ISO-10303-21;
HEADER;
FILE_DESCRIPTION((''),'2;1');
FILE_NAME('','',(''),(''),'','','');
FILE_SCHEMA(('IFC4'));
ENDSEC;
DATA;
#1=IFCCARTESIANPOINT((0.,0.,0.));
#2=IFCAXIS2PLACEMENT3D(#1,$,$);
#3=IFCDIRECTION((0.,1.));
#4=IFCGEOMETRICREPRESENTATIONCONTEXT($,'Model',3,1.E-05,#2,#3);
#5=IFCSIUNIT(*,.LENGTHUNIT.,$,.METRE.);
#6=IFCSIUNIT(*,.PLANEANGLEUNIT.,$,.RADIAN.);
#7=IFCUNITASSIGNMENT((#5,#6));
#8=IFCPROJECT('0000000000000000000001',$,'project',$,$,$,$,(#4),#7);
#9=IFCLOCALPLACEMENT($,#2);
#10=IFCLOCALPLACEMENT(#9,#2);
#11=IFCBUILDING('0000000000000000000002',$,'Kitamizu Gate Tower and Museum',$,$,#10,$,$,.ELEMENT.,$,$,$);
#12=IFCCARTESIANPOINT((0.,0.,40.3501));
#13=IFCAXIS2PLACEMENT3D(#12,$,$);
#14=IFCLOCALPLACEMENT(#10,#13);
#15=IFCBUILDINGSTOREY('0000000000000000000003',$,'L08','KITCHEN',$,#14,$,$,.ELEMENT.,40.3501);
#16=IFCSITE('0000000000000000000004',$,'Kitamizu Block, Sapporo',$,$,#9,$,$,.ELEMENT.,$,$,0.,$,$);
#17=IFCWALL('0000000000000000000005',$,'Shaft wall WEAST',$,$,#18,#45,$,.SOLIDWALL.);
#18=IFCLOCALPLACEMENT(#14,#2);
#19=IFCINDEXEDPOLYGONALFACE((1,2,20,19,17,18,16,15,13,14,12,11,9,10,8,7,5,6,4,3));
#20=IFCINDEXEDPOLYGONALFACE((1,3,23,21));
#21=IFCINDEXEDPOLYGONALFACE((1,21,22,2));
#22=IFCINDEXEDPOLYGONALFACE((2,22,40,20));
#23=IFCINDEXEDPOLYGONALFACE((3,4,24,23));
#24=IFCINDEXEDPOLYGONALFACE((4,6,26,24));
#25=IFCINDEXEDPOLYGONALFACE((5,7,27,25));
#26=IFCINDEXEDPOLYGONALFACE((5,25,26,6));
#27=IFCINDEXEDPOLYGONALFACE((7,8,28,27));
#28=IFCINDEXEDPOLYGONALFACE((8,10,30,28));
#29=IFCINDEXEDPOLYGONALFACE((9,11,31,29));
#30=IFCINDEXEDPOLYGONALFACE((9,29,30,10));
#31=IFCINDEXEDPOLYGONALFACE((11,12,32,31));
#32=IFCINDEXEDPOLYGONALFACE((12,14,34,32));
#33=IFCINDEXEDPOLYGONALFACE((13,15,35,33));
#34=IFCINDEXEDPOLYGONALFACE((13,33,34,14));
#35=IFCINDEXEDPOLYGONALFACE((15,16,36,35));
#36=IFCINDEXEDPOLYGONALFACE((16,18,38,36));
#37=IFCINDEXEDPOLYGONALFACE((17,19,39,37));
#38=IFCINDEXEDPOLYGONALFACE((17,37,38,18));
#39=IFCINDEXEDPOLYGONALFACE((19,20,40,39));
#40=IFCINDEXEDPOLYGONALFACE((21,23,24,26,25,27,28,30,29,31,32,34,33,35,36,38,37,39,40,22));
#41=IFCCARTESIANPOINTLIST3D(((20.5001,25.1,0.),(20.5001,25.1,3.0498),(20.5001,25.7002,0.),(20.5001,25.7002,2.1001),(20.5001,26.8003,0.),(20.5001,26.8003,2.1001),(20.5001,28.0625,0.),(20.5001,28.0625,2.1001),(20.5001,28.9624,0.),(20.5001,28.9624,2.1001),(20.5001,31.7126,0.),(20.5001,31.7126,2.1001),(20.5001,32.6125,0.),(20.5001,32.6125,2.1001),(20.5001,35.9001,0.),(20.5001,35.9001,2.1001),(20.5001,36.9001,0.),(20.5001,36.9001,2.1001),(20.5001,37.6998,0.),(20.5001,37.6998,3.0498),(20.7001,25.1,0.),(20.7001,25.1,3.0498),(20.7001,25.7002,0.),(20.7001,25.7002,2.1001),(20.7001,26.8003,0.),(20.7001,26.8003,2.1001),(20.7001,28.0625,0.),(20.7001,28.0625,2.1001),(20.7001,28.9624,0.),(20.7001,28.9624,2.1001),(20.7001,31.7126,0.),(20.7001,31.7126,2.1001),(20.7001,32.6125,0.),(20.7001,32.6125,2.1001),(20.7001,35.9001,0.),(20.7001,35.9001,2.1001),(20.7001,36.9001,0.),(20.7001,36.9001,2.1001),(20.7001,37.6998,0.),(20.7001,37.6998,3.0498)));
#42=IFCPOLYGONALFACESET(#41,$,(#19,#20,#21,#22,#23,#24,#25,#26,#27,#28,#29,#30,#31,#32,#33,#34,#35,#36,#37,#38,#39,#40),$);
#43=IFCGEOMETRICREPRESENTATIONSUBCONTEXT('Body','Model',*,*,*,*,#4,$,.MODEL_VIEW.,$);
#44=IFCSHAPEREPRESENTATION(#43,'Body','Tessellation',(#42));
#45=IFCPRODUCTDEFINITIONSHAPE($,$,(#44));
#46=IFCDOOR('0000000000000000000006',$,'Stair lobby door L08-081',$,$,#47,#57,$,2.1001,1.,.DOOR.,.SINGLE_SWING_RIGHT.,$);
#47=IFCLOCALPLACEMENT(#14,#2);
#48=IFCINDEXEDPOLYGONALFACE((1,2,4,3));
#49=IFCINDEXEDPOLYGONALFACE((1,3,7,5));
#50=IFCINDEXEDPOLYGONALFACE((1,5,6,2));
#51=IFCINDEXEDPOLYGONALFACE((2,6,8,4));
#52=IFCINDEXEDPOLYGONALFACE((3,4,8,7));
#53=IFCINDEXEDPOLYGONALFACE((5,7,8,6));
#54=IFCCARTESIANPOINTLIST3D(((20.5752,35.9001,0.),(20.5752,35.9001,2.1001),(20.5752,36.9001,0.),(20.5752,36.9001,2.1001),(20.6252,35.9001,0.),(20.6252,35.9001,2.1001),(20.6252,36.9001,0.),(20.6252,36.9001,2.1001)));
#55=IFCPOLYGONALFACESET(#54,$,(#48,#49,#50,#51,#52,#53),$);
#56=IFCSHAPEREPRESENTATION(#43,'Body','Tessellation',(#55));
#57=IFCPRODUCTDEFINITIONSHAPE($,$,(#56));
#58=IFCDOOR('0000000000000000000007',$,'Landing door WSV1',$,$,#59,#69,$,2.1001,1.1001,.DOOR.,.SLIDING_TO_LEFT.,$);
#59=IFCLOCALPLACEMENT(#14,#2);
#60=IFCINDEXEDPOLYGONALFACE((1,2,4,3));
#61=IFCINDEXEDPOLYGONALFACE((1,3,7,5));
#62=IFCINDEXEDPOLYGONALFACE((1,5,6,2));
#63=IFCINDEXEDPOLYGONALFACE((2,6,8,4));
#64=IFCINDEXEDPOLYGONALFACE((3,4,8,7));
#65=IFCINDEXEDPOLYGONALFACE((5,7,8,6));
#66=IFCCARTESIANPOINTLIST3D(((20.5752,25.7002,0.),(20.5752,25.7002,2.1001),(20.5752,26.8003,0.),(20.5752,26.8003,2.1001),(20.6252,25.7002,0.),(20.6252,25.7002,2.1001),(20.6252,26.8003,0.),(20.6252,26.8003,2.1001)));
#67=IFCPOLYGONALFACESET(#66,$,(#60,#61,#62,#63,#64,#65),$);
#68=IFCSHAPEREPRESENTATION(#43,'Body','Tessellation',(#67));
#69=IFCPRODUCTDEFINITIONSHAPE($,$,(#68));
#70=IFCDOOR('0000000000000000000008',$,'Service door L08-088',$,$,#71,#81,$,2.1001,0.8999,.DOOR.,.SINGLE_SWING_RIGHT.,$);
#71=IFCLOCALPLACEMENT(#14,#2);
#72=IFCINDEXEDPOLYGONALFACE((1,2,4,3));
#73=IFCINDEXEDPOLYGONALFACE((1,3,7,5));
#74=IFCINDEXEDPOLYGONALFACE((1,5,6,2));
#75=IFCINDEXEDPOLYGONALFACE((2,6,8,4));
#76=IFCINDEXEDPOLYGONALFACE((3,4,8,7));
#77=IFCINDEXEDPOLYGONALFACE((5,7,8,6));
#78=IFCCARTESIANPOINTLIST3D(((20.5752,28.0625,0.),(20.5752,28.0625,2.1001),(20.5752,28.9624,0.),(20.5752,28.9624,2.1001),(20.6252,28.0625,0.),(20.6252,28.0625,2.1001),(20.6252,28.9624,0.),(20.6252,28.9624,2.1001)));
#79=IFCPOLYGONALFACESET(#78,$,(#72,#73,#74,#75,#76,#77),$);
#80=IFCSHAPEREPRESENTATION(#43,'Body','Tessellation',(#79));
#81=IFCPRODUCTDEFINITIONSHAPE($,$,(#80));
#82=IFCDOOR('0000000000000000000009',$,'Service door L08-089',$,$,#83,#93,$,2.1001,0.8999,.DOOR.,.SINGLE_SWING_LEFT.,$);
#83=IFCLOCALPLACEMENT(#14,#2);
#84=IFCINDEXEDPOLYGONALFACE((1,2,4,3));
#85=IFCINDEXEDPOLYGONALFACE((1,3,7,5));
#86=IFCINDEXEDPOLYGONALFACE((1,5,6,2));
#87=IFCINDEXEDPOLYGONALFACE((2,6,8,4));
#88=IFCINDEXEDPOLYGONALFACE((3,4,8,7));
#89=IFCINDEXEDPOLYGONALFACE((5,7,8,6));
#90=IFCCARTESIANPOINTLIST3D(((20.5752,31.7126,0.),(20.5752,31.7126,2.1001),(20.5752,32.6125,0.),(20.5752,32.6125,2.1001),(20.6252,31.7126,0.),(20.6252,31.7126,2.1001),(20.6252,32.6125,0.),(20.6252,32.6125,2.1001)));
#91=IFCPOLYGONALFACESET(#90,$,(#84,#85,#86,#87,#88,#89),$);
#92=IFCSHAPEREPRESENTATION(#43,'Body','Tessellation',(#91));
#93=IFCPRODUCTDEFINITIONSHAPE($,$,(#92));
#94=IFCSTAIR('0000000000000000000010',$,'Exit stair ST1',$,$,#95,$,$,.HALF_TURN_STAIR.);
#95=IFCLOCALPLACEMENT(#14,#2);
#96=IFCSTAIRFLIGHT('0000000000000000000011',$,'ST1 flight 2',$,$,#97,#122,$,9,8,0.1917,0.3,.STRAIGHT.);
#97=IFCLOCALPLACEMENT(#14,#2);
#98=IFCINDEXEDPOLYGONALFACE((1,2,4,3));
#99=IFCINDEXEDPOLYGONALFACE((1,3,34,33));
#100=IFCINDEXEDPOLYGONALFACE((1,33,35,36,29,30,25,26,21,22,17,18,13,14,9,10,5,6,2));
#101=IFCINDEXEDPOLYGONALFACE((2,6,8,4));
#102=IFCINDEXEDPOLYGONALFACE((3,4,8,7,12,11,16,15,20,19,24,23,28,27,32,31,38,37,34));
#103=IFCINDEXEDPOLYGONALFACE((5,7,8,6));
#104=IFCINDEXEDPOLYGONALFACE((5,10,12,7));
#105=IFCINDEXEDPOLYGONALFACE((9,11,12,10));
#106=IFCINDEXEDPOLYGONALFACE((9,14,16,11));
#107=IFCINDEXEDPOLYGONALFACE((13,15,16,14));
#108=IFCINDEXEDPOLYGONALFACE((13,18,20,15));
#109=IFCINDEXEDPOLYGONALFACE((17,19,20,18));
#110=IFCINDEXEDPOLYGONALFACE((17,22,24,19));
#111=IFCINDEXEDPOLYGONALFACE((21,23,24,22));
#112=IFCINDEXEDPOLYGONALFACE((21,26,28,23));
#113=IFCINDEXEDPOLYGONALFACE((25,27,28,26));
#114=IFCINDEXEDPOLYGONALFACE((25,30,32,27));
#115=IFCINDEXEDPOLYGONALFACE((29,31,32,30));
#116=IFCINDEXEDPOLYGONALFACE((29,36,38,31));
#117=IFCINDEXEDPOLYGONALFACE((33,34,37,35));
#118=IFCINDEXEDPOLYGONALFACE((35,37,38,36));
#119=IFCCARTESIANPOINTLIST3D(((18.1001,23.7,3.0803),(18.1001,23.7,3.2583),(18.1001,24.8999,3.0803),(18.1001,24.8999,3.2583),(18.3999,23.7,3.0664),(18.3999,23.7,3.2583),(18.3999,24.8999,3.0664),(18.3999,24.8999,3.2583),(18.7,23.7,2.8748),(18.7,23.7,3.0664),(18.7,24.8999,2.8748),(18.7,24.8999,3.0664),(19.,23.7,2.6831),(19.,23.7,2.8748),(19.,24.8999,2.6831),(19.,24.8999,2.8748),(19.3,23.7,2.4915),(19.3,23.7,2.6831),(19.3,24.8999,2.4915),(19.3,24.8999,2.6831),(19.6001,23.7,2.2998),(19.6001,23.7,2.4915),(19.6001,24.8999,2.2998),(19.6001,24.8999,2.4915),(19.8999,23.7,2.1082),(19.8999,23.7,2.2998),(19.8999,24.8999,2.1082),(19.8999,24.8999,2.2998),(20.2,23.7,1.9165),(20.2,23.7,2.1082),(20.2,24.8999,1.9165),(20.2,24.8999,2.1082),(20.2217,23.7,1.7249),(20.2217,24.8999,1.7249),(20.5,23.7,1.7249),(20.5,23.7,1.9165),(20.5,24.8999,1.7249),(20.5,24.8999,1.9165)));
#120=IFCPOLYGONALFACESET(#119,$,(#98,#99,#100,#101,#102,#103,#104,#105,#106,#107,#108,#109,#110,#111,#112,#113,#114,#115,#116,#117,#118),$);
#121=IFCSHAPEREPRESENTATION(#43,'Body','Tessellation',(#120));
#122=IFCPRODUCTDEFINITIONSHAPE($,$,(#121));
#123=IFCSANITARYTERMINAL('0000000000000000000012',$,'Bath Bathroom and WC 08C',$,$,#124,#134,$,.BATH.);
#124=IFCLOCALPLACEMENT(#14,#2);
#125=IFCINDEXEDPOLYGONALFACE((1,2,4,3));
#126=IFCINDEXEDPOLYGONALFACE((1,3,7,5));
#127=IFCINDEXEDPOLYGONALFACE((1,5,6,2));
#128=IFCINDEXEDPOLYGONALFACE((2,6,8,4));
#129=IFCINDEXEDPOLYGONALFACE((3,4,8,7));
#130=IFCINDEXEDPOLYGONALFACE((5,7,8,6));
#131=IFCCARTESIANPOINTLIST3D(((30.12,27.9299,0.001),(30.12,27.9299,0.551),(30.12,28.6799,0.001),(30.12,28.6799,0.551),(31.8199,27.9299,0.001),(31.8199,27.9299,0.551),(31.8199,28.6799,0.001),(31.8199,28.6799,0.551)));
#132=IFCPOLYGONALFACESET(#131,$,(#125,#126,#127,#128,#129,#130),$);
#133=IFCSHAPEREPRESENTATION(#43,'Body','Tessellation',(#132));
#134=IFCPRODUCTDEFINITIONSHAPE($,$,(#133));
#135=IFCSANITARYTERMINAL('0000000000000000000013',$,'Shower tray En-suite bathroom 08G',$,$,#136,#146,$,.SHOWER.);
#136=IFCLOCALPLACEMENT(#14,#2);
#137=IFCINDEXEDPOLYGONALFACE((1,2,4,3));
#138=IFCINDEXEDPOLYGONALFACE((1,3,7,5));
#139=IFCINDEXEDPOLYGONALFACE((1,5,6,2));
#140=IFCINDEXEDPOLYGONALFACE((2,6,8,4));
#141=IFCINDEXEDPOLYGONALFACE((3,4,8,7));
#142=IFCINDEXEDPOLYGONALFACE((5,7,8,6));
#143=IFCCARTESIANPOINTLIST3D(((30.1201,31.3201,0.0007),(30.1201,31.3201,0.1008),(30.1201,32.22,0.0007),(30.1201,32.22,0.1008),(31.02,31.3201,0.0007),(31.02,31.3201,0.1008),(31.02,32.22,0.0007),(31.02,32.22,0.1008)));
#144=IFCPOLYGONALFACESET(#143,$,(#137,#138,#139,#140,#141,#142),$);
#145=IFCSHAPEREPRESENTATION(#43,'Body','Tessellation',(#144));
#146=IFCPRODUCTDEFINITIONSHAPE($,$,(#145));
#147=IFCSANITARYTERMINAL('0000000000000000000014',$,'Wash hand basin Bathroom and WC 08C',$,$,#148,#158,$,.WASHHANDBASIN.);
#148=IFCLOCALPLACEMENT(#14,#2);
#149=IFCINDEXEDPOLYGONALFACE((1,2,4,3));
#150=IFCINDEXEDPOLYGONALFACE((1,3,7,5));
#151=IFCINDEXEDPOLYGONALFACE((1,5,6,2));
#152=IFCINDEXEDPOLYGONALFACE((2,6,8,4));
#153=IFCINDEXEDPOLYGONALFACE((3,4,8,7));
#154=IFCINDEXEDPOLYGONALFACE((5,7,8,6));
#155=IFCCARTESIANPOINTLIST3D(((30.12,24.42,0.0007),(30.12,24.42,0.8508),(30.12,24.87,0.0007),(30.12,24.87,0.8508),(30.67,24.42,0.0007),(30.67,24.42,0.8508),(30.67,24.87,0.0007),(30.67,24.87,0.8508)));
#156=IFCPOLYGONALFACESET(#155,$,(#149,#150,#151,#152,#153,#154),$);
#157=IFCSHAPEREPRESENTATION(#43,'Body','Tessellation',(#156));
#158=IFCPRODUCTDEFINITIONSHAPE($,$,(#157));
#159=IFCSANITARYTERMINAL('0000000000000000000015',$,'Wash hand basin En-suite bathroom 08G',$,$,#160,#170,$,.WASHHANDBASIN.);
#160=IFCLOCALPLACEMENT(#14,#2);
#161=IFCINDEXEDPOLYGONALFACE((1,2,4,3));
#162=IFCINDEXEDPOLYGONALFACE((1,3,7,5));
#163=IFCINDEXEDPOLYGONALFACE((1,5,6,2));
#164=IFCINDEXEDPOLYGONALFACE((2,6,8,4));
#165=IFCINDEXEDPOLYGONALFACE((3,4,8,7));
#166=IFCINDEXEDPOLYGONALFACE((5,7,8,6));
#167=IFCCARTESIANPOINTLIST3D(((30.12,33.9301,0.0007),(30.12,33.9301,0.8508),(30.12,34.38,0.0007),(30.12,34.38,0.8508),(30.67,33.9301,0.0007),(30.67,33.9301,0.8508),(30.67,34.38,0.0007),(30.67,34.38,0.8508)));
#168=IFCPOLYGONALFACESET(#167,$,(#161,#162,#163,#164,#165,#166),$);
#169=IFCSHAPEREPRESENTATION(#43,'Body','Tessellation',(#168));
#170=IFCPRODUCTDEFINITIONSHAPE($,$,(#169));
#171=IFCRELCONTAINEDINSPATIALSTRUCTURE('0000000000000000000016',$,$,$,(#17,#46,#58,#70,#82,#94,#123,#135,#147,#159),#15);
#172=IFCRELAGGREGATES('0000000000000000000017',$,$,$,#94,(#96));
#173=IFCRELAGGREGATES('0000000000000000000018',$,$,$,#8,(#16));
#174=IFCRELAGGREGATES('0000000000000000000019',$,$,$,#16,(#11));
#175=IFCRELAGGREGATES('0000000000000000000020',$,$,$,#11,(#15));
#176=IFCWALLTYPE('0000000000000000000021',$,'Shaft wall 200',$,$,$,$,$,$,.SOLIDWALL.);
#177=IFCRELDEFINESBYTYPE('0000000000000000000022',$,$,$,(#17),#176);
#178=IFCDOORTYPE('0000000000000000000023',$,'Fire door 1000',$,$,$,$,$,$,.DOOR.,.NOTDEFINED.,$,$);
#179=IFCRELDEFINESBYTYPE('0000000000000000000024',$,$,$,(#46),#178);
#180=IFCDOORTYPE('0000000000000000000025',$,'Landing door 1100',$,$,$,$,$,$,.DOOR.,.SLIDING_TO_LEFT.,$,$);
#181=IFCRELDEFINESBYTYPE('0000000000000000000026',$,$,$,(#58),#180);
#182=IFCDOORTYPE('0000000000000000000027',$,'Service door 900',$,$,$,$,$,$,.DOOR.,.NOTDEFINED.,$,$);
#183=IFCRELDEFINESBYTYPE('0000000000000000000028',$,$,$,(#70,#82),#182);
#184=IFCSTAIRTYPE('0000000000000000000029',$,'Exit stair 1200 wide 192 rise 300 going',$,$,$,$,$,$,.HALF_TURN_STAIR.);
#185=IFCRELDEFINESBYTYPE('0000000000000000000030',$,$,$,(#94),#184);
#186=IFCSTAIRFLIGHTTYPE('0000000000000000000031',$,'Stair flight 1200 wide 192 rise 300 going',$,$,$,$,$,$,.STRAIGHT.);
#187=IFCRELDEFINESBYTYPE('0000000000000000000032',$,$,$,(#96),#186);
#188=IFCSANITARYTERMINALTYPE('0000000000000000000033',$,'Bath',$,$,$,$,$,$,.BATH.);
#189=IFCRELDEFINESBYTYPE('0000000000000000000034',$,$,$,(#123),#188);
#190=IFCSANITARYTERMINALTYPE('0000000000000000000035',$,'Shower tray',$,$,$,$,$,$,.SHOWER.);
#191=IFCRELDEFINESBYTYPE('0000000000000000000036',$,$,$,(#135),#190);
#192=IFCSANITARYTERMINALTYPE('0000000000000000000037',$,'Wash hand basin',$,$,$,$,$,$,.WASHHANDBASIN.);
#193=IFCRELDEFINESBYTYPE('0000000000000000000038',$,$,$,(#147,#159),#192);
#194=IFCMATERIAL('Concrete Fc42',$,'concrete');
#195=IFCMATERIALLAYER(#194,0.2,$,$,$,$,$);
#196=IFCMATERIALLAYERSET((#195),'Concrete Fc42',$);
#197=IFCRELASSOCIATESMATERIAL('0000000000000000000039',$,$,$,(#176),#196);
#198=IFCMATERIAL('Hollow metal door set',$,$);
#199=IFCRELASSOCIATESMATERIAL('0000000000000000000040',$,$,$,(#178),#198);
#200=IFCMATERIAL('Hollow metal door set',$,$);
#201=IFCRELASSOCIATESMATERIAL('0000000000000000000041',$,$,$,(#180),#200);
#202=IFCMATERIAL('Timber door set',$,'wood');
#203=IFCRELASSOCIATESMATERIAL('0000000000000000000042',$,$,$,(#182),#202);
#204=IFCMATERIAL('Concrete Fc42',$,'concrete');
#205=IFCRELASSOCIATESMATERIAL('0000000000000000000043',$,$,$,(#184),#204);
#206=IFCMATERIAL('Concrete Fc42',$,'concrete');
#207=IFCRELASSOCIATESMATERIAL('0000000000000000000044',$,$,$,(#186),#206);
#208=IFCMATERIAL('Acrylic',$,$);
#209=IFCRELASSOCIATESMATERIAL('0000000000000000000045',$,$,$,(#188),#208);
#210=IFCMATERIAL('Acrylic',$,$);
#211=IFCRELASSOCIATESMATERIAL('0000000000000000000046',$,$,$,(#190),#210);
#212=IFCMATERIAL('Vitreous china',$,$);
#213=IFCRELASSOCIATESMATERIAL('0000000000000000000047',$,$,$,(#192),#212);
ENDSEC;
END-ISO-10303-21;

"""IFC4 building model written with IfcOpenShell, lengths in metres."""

from ifc_helpers import new_model, si_unit, direction, frame, frame_2d, origin, origin_2d, place, context, subcontext, project, spatial, polyline, rectangle, outline, extrude, material, layer, layer_set, type_object, element, fill, aggregate, save


model = new_model("IFC4")

# Units and contexts
model_context = context("Model", 3, precision=1e-05, world=origin(), true_north=direction((0.0, 1.0)))
body_context = subcontext(model_context, "Body", "Model", "MODEL_VIEW")
ifc_project = project(units=[si_unit("LENGTHUNIT", "METRE"), si_unit("PLANEANGLEUNIT", "RADIAN")], contexts=[model_context])

# Site, building, storey
site_placement = place(None, origin())
site = spatial("IfcSite", under=ifc_project, at=site_placement, Name="Kitamizu Block, Sapporo", CompositionType="ELEMENT", RefElevation=0.0)
building_placement = place(site_placement, origin())
building = spatial("IfcBuilding", under=site, at=building_placement, Name="Kitamizu Gate Tower and Museum", CompositionType="ELEMENT")
storey_placement = place(building_placement, frame((0.0, 0.0, 40.3501)))
storey = spatial("IfcBuildingStorey", under=building, at=storey_placement, Name="L08", Description="KITCHEN", CompositionType="ELEMENT", Elevation=40.3501)

# Wall, openings, doors
ifc_material_1 = material(Name="Concrete Fc42", Category="concrete")
ifc_layer_1 = layer(ifc_material_1, 0.2)
ifc_layer_set_1 = layer_set([ifc_layer_1], Name="Concrete Fc42")
wall_type_1 = type_object("IfcWallType", Name="Shaft wall 200", PredefinedType="SOLIDWALL", material=ifc_layer_set_1)
wall_1_placement = place(storey_placement, frame((20.6001, 25.1001, 0.0), z_axis=(0.0, 0.0, 1.0), x_axis=(0.0, 1.0, 0.0)))
wall_1 = element("IfcWall", 1, at=wall_1_placement, inside=storey, type_object=wall_type_1, Name="Shaft wall WEAST", PredefinedType="SOLIDWALL", context=body_context, shape_type="SweptSolid", body=[
    extrude(rectangle(XDim=12.5999, YDim=0.2, at=frame_2d((6.2998, 0.0))), origin(), (0.0, 0.0, 1.0), 3.0498),
])
opening_1_placement = place(wall_1_placement, frame((0.6001, 0.0, 0.0)))
opening_1 = element("IfcOpeningElement", 2, at=opening_1_placement, cuts=wall_1, PredefinedType="OPENING", context=body_context, shape_type="SweptSolid", body=[
    extrude(rectangle(XDim=1.1001, YDim=2.1001, at=frame_2d((0.55, 1.05))), frame((0.0, 0.1099, 0.0), z_axis=(0.0, -1.0, 0.0), x_axis=(1.0, 0.0, 0.0)), (0.0, 0.0, 1.0), 0.22),
])
opening_2_placement = place(wall_1_placement, frame((10.8, 0.0, 0.0)))
opening_2 = element("IfcOpeningElement", 3, at=opening_2_placement, cuts=wall_1, PredefinedType="OPENING", context=body_context, shape_type="SweptSolid", body=[
    extrude(rectangle(XDim=1.0, YDim=2.1001, at=frame_2d((0.5, 1.05))), frame((0.0, 0.1099, 0.0), z_axis=(0.0, -1.0, 0.0), x_axis=(1.0, 0.0, 0.0)), (0.0, 0.0, 1.0), 0.22),
])
opening_3_placement = place(wall_1_placement, frame((2.9624, 0.0, 0.0)))
opening_3 = element("IfcOpeningElement", 4, at=opening_3_placement, cuts=wall_1, PredefinedType="OPENING", context=body_context, shape_type="SweptSolid", body=[
    extrude(rectangle(XDim=0.8999, YDim=2.1001, at=frame_2d((0.45, 1.05))), frame((0.0, 0.1099, 0.0), z_axis=(0.0, -1.0, 0.0), x_axis=(1.0, 0.0, 0.0)), (0.0, 0.0, 1.0), 0.22),
])
opening_4_placement = place(wall_1_placement, frame((6.6125, 0.0, 0.0)))
opening_4 = element("IfcOpeningElement", 5, at=opening_4_placement, cuts=wall_1, PredefinedType="OPENING", context=body_context, shape_type="SweptSolid", body=[
    extrude(rectangle(XDim=0.8999, YDim=2.1001, at=frame_2d((0.45, 1.05))), frame((0.0, 0.1099, 0.0), z_axis=(0.0, -1.0, 0.0), x_axis=(1.0, 0.0, 0.0)), (0.0, 0.0, 1.0), 0.22),
])
ifc_material_2 = material(Name="Hollow metal door set")
door_type_1 = type_object("IfcDoorType", Name="Fire door 1000", OperationType="NOTDEFINED", PredefinedType="DOOR", material=ifc_material_2)
door_1_placement = place(opening_2_placement, origin())
door_1 = element("IfcDoor", 6, at=door_1_placement, inside=storey, type_object=door_type_1, Name="Stair lobby door L08-081", OperationType="SINGLE_SWING_RIGHT", OverallHeight=2.1001, OverallWidth=1.0, PredefinedType="DOOR", context=body_context, shape_type="SweptSolid", body=[
    extrude(rectangle(XDim=1.0, YDim=2.1001, at=frame_2d((0.5, 1.05))), frame((0.0, 0.0249, 0.0), z_axis=(0.0, -1.0, 0.0), x_axis=(1.0, 0.0, 0.0)), (0.0, 0.0, 1.0), 0.05),
])
fill(opening_2, door_1)
ifc_material_3 = material(Name="Hollow metal door set")
door_type_2 = type_object("IfcDoorType", Name="Landing door 1100", OperationType="SLIDING_TO_LEFT", PredefinedType="DOOR", material=ifc_material_3)
door_2_placement = place(opening_1_placement, origin())
door_2 = element("IfcDoor", 7, at=door_2_placement, inside=storey, type_object=door_type_2, Name="Landing door WSV1", OperationType="SLIDING_TO_LEFT", OverallHeight=2.1001, OverallWidth=1.1001, PredefinedType="DOOR", context=body_context, shape_type="SweptSolid", body=[
    extrude(rectangle(XDim=1.1001, YDim=2.1001, at=frame_2d((0.55, 1.05))), frame((0.0, 0.0249, 0.0), z_axis=(0.0, -1.0, 0.0), x_axis=(1.0, 0.0, 0.0)), (0.0, 0.0, 1.0), 0.05),
])
fill(opening_1, door_2)
ifc_material_4 = material(Name="Timber door set", Category="wood")
door_type_3 = type_object("IfcDoorType", Name="Service door 900", OperationType="NOTDEFINED", PredefinedType="DOOR", material=ifc_material_4)
door_3_placement = place(opening_3_placement, origin())
door_3 = element("IfcDoor", 8, at=door_3_placement, inside=storey, type_object=door_type_3, Name="Service door L08-088", OperationType="SINGLE_SWING_RIGHT", OverallHeight=2.1001, OverallWidth=0.8999, PredefinedType="DOOR", context=body_context, shape_type="SweptSolid", body=[
    extrude(rectangle(XDim=0.8999, YDim=2.1001, at=frame_2d((0.45, 1.05))), frame((0.0, 0.0249, 0.0), z_axis=(0.0, -1.0, 0.0), x_axis=(1.0, 0.0, 0.0)), (0.0, 0.0, 1.0), 0.05),
])
fill(opening_3, door_3)
door_4_placement = place(opening_4_placement, origin())
door_4 = element("IfcDoor", 9, at=door_4_placement, inside=storey, type_object=door_type_3, Name="Service door L08-089", OperationType="SINGLE_SWING_LEFT", OverallHeight=2.1001, OverallWidth=0.8999, PredefinedType="DOOR", context=body_context, shape_type="SweptSolid", body=[
    extrude(rectangle(XDim=0.8999, YDim=2.1001, at=frame_2d((0.45, 1.05))), frame((0.0, 0.0249, 0.0), z_axis=(0.0, -1.0, 0.0), x_axis=(1.0, 0.0, 0.0)), (0.0, 0.0, 1.0), 0.05),
])
fill(opening_4, door_4)

# Stair, stair flight
ifc_material_5 = material(Name="Concrete Fc42", Category="concrete")
stair_type = type_object("IfcStairType", Name="Exit stair 1200 wide 192 rise 300 going", PredefinedType="HALF_TURN_STAIR", material=ifc_material_5)
stair_placement = place(storey_placement, origin())
stair = element("IfcStair", 10, at=stair_placement, inside=storey, type_object=stair_type, Name="Exit stair ST1", PredefinedType="HALF_TURN_STAIR")
ifc_material_6 = material(Name="Concrete Fc42", Category="concrete")
stair_flight_type = type_object("IfcStairFlightType", Name="Stair flight 1200 wide 192 rise 300 going", PredefinedType="STRAIGHT", material=ifc_material_6)
stair_flight_placement = place(storey_placement, frame((20.5, 24.3, 1.7249), z_axis=(0.0, 0.0, 1.0), x_axis=(-1.0, 0.0, 0.0)))
stair_flight = element("IfcStairFlight", 11, at=stair_flight_placement, type_object=stair_flight_type, Name="ST1 flight 2", NumberOfRisers=9, NumberOfTreads=8, PredefinedType="STRAIGHT", RiserHeight=0.1917, TreadLength=0.3, context=body_context, shape_type="SweptSolid", body=[
    extrude(outline(polyline([(0.0, 0.0), (0.0, 0.1917), (0.3, 0.1917), (0.3, 0.3833), (0.6001, 0.3833), (0.6001, 0.575), (0.8999, 0.575), (0.8999, 0.7666), (1.2, 0.7666), (1.2, 0.9583), (1.5, 0.9583), (1.5, 1.1499), (1.8, 1.1499), (1.8, 1.3416), (2.1001, 1.3416), (2.1001, 1.5334), (2.3999, 1.5334), (2.3999, 1.7251), (2.3999, 1.3555), (0.2783, 0.0), (0.0, 0.0)])), frame((0.0, 0.6001, 0.0), z_axis=(0.0, -1.0, 0.0), x_axis=(1.0, 0.0, 0.0)), (0.0, 0.0, 1.0), 1.2),
])
aggregate(stair, [stair_flight])

# Sanitary terminals
ifc_material_7 = material(Name="Acrylic")
sanitary_terminal_type_1 = type_object("IfcSanitaryTerminalType", Name="Bath", PredefinedType="BATH", material=ifc_material_7)
sanitary_terminal_1_placement = place(storey_placement, frame((30.97, 28.3049, 0.001), z_axis=(0.0, 0.0, 1.0), x_axis=(1.0, 0.0, 0.0)))
element("IfcSanitaryTerminal", 12, at=sanitary_terminal_1_placement, inside=storey, type_object=sanitary_terminal_type_1, Name="Bath Bathroom and WC 08C", PredefinedType="BATH", context=body_context, shape_type="SweptSolid", body=[
    extrude(rectangle(XDim=1.7, YDim=0.75, at=origin_2d()), origin(), (0.0, 0.0, 1.0), 0.55),
])
ifc_material_8 = material(Name="Acrylic")
sanitary_terminal_type_2 = type_object("IfcSanitaryTerminalType", Name="Shower tray", PredefinedType="SHOWER", material=ifc_material_8)
sanitary_terminal_2_placement = place(storey_placement, frame((30.5701, 31.77, 0.0007), z_axis=(0.0, 0.0, 1.0), x_axis=(1.0, 0.0, 0.0)))
element("IfcSanitaryTerminal", 13, at=sanitary_terminal_2_placement, inside=storey, type_object=sanitary_terminal_type_2, Name="Shower tray En-suite bathroom 08G", PredefinedType="SHOWER", context=body_context, shape_type="SweptSolid", body=[
    extrude(rectangle(XDim=0.8999, YDim=0.8999, at=origin_2d()), origin(), (0.0, 0.0, 1.0), 0.1001),
])
ifc_material_9 = material(Name="Vitreous china")
sanitary_terminal_type_3 = type_object("IfcSanitaryTerminalType", Name="Wash hand basin", PredefinedType="WASHHANDBASIN", material=ifc_material_9)
for number, where, z_axis, x_axis, name in (
    (14, (30.395, 24.645, 0.0007), (0.0, 0.0, 1.0), (1.0, 0.0, 0.0), "Wash hand basin Bathroom and WC 08C"),
    (15, (30.395, 34.155, 0.0007), (0.0, 0.0, 1.0), (1.0, 0.0, 0.0), "Wash hand basin En-suite bathroom 08G"),
):
    element("IfcSanitaryTerminal", number, at=place(storey_placement, frame(where, z_axis=z_axis, x_axis=x_axis)), inside=storey, type_object=sanitary_terminal_type_3, Name=name, PredefinedType="WASHHANDBASIN", context=body_context, shape_type="SweptSolid", body=[
        extrude(rectangle(XDim=0.55, YDim=0.45, at=origin_2d()), origin(), (0.0, 0.0, 1.0), 0.8501),
    ])

save(model, "model.ifc")
